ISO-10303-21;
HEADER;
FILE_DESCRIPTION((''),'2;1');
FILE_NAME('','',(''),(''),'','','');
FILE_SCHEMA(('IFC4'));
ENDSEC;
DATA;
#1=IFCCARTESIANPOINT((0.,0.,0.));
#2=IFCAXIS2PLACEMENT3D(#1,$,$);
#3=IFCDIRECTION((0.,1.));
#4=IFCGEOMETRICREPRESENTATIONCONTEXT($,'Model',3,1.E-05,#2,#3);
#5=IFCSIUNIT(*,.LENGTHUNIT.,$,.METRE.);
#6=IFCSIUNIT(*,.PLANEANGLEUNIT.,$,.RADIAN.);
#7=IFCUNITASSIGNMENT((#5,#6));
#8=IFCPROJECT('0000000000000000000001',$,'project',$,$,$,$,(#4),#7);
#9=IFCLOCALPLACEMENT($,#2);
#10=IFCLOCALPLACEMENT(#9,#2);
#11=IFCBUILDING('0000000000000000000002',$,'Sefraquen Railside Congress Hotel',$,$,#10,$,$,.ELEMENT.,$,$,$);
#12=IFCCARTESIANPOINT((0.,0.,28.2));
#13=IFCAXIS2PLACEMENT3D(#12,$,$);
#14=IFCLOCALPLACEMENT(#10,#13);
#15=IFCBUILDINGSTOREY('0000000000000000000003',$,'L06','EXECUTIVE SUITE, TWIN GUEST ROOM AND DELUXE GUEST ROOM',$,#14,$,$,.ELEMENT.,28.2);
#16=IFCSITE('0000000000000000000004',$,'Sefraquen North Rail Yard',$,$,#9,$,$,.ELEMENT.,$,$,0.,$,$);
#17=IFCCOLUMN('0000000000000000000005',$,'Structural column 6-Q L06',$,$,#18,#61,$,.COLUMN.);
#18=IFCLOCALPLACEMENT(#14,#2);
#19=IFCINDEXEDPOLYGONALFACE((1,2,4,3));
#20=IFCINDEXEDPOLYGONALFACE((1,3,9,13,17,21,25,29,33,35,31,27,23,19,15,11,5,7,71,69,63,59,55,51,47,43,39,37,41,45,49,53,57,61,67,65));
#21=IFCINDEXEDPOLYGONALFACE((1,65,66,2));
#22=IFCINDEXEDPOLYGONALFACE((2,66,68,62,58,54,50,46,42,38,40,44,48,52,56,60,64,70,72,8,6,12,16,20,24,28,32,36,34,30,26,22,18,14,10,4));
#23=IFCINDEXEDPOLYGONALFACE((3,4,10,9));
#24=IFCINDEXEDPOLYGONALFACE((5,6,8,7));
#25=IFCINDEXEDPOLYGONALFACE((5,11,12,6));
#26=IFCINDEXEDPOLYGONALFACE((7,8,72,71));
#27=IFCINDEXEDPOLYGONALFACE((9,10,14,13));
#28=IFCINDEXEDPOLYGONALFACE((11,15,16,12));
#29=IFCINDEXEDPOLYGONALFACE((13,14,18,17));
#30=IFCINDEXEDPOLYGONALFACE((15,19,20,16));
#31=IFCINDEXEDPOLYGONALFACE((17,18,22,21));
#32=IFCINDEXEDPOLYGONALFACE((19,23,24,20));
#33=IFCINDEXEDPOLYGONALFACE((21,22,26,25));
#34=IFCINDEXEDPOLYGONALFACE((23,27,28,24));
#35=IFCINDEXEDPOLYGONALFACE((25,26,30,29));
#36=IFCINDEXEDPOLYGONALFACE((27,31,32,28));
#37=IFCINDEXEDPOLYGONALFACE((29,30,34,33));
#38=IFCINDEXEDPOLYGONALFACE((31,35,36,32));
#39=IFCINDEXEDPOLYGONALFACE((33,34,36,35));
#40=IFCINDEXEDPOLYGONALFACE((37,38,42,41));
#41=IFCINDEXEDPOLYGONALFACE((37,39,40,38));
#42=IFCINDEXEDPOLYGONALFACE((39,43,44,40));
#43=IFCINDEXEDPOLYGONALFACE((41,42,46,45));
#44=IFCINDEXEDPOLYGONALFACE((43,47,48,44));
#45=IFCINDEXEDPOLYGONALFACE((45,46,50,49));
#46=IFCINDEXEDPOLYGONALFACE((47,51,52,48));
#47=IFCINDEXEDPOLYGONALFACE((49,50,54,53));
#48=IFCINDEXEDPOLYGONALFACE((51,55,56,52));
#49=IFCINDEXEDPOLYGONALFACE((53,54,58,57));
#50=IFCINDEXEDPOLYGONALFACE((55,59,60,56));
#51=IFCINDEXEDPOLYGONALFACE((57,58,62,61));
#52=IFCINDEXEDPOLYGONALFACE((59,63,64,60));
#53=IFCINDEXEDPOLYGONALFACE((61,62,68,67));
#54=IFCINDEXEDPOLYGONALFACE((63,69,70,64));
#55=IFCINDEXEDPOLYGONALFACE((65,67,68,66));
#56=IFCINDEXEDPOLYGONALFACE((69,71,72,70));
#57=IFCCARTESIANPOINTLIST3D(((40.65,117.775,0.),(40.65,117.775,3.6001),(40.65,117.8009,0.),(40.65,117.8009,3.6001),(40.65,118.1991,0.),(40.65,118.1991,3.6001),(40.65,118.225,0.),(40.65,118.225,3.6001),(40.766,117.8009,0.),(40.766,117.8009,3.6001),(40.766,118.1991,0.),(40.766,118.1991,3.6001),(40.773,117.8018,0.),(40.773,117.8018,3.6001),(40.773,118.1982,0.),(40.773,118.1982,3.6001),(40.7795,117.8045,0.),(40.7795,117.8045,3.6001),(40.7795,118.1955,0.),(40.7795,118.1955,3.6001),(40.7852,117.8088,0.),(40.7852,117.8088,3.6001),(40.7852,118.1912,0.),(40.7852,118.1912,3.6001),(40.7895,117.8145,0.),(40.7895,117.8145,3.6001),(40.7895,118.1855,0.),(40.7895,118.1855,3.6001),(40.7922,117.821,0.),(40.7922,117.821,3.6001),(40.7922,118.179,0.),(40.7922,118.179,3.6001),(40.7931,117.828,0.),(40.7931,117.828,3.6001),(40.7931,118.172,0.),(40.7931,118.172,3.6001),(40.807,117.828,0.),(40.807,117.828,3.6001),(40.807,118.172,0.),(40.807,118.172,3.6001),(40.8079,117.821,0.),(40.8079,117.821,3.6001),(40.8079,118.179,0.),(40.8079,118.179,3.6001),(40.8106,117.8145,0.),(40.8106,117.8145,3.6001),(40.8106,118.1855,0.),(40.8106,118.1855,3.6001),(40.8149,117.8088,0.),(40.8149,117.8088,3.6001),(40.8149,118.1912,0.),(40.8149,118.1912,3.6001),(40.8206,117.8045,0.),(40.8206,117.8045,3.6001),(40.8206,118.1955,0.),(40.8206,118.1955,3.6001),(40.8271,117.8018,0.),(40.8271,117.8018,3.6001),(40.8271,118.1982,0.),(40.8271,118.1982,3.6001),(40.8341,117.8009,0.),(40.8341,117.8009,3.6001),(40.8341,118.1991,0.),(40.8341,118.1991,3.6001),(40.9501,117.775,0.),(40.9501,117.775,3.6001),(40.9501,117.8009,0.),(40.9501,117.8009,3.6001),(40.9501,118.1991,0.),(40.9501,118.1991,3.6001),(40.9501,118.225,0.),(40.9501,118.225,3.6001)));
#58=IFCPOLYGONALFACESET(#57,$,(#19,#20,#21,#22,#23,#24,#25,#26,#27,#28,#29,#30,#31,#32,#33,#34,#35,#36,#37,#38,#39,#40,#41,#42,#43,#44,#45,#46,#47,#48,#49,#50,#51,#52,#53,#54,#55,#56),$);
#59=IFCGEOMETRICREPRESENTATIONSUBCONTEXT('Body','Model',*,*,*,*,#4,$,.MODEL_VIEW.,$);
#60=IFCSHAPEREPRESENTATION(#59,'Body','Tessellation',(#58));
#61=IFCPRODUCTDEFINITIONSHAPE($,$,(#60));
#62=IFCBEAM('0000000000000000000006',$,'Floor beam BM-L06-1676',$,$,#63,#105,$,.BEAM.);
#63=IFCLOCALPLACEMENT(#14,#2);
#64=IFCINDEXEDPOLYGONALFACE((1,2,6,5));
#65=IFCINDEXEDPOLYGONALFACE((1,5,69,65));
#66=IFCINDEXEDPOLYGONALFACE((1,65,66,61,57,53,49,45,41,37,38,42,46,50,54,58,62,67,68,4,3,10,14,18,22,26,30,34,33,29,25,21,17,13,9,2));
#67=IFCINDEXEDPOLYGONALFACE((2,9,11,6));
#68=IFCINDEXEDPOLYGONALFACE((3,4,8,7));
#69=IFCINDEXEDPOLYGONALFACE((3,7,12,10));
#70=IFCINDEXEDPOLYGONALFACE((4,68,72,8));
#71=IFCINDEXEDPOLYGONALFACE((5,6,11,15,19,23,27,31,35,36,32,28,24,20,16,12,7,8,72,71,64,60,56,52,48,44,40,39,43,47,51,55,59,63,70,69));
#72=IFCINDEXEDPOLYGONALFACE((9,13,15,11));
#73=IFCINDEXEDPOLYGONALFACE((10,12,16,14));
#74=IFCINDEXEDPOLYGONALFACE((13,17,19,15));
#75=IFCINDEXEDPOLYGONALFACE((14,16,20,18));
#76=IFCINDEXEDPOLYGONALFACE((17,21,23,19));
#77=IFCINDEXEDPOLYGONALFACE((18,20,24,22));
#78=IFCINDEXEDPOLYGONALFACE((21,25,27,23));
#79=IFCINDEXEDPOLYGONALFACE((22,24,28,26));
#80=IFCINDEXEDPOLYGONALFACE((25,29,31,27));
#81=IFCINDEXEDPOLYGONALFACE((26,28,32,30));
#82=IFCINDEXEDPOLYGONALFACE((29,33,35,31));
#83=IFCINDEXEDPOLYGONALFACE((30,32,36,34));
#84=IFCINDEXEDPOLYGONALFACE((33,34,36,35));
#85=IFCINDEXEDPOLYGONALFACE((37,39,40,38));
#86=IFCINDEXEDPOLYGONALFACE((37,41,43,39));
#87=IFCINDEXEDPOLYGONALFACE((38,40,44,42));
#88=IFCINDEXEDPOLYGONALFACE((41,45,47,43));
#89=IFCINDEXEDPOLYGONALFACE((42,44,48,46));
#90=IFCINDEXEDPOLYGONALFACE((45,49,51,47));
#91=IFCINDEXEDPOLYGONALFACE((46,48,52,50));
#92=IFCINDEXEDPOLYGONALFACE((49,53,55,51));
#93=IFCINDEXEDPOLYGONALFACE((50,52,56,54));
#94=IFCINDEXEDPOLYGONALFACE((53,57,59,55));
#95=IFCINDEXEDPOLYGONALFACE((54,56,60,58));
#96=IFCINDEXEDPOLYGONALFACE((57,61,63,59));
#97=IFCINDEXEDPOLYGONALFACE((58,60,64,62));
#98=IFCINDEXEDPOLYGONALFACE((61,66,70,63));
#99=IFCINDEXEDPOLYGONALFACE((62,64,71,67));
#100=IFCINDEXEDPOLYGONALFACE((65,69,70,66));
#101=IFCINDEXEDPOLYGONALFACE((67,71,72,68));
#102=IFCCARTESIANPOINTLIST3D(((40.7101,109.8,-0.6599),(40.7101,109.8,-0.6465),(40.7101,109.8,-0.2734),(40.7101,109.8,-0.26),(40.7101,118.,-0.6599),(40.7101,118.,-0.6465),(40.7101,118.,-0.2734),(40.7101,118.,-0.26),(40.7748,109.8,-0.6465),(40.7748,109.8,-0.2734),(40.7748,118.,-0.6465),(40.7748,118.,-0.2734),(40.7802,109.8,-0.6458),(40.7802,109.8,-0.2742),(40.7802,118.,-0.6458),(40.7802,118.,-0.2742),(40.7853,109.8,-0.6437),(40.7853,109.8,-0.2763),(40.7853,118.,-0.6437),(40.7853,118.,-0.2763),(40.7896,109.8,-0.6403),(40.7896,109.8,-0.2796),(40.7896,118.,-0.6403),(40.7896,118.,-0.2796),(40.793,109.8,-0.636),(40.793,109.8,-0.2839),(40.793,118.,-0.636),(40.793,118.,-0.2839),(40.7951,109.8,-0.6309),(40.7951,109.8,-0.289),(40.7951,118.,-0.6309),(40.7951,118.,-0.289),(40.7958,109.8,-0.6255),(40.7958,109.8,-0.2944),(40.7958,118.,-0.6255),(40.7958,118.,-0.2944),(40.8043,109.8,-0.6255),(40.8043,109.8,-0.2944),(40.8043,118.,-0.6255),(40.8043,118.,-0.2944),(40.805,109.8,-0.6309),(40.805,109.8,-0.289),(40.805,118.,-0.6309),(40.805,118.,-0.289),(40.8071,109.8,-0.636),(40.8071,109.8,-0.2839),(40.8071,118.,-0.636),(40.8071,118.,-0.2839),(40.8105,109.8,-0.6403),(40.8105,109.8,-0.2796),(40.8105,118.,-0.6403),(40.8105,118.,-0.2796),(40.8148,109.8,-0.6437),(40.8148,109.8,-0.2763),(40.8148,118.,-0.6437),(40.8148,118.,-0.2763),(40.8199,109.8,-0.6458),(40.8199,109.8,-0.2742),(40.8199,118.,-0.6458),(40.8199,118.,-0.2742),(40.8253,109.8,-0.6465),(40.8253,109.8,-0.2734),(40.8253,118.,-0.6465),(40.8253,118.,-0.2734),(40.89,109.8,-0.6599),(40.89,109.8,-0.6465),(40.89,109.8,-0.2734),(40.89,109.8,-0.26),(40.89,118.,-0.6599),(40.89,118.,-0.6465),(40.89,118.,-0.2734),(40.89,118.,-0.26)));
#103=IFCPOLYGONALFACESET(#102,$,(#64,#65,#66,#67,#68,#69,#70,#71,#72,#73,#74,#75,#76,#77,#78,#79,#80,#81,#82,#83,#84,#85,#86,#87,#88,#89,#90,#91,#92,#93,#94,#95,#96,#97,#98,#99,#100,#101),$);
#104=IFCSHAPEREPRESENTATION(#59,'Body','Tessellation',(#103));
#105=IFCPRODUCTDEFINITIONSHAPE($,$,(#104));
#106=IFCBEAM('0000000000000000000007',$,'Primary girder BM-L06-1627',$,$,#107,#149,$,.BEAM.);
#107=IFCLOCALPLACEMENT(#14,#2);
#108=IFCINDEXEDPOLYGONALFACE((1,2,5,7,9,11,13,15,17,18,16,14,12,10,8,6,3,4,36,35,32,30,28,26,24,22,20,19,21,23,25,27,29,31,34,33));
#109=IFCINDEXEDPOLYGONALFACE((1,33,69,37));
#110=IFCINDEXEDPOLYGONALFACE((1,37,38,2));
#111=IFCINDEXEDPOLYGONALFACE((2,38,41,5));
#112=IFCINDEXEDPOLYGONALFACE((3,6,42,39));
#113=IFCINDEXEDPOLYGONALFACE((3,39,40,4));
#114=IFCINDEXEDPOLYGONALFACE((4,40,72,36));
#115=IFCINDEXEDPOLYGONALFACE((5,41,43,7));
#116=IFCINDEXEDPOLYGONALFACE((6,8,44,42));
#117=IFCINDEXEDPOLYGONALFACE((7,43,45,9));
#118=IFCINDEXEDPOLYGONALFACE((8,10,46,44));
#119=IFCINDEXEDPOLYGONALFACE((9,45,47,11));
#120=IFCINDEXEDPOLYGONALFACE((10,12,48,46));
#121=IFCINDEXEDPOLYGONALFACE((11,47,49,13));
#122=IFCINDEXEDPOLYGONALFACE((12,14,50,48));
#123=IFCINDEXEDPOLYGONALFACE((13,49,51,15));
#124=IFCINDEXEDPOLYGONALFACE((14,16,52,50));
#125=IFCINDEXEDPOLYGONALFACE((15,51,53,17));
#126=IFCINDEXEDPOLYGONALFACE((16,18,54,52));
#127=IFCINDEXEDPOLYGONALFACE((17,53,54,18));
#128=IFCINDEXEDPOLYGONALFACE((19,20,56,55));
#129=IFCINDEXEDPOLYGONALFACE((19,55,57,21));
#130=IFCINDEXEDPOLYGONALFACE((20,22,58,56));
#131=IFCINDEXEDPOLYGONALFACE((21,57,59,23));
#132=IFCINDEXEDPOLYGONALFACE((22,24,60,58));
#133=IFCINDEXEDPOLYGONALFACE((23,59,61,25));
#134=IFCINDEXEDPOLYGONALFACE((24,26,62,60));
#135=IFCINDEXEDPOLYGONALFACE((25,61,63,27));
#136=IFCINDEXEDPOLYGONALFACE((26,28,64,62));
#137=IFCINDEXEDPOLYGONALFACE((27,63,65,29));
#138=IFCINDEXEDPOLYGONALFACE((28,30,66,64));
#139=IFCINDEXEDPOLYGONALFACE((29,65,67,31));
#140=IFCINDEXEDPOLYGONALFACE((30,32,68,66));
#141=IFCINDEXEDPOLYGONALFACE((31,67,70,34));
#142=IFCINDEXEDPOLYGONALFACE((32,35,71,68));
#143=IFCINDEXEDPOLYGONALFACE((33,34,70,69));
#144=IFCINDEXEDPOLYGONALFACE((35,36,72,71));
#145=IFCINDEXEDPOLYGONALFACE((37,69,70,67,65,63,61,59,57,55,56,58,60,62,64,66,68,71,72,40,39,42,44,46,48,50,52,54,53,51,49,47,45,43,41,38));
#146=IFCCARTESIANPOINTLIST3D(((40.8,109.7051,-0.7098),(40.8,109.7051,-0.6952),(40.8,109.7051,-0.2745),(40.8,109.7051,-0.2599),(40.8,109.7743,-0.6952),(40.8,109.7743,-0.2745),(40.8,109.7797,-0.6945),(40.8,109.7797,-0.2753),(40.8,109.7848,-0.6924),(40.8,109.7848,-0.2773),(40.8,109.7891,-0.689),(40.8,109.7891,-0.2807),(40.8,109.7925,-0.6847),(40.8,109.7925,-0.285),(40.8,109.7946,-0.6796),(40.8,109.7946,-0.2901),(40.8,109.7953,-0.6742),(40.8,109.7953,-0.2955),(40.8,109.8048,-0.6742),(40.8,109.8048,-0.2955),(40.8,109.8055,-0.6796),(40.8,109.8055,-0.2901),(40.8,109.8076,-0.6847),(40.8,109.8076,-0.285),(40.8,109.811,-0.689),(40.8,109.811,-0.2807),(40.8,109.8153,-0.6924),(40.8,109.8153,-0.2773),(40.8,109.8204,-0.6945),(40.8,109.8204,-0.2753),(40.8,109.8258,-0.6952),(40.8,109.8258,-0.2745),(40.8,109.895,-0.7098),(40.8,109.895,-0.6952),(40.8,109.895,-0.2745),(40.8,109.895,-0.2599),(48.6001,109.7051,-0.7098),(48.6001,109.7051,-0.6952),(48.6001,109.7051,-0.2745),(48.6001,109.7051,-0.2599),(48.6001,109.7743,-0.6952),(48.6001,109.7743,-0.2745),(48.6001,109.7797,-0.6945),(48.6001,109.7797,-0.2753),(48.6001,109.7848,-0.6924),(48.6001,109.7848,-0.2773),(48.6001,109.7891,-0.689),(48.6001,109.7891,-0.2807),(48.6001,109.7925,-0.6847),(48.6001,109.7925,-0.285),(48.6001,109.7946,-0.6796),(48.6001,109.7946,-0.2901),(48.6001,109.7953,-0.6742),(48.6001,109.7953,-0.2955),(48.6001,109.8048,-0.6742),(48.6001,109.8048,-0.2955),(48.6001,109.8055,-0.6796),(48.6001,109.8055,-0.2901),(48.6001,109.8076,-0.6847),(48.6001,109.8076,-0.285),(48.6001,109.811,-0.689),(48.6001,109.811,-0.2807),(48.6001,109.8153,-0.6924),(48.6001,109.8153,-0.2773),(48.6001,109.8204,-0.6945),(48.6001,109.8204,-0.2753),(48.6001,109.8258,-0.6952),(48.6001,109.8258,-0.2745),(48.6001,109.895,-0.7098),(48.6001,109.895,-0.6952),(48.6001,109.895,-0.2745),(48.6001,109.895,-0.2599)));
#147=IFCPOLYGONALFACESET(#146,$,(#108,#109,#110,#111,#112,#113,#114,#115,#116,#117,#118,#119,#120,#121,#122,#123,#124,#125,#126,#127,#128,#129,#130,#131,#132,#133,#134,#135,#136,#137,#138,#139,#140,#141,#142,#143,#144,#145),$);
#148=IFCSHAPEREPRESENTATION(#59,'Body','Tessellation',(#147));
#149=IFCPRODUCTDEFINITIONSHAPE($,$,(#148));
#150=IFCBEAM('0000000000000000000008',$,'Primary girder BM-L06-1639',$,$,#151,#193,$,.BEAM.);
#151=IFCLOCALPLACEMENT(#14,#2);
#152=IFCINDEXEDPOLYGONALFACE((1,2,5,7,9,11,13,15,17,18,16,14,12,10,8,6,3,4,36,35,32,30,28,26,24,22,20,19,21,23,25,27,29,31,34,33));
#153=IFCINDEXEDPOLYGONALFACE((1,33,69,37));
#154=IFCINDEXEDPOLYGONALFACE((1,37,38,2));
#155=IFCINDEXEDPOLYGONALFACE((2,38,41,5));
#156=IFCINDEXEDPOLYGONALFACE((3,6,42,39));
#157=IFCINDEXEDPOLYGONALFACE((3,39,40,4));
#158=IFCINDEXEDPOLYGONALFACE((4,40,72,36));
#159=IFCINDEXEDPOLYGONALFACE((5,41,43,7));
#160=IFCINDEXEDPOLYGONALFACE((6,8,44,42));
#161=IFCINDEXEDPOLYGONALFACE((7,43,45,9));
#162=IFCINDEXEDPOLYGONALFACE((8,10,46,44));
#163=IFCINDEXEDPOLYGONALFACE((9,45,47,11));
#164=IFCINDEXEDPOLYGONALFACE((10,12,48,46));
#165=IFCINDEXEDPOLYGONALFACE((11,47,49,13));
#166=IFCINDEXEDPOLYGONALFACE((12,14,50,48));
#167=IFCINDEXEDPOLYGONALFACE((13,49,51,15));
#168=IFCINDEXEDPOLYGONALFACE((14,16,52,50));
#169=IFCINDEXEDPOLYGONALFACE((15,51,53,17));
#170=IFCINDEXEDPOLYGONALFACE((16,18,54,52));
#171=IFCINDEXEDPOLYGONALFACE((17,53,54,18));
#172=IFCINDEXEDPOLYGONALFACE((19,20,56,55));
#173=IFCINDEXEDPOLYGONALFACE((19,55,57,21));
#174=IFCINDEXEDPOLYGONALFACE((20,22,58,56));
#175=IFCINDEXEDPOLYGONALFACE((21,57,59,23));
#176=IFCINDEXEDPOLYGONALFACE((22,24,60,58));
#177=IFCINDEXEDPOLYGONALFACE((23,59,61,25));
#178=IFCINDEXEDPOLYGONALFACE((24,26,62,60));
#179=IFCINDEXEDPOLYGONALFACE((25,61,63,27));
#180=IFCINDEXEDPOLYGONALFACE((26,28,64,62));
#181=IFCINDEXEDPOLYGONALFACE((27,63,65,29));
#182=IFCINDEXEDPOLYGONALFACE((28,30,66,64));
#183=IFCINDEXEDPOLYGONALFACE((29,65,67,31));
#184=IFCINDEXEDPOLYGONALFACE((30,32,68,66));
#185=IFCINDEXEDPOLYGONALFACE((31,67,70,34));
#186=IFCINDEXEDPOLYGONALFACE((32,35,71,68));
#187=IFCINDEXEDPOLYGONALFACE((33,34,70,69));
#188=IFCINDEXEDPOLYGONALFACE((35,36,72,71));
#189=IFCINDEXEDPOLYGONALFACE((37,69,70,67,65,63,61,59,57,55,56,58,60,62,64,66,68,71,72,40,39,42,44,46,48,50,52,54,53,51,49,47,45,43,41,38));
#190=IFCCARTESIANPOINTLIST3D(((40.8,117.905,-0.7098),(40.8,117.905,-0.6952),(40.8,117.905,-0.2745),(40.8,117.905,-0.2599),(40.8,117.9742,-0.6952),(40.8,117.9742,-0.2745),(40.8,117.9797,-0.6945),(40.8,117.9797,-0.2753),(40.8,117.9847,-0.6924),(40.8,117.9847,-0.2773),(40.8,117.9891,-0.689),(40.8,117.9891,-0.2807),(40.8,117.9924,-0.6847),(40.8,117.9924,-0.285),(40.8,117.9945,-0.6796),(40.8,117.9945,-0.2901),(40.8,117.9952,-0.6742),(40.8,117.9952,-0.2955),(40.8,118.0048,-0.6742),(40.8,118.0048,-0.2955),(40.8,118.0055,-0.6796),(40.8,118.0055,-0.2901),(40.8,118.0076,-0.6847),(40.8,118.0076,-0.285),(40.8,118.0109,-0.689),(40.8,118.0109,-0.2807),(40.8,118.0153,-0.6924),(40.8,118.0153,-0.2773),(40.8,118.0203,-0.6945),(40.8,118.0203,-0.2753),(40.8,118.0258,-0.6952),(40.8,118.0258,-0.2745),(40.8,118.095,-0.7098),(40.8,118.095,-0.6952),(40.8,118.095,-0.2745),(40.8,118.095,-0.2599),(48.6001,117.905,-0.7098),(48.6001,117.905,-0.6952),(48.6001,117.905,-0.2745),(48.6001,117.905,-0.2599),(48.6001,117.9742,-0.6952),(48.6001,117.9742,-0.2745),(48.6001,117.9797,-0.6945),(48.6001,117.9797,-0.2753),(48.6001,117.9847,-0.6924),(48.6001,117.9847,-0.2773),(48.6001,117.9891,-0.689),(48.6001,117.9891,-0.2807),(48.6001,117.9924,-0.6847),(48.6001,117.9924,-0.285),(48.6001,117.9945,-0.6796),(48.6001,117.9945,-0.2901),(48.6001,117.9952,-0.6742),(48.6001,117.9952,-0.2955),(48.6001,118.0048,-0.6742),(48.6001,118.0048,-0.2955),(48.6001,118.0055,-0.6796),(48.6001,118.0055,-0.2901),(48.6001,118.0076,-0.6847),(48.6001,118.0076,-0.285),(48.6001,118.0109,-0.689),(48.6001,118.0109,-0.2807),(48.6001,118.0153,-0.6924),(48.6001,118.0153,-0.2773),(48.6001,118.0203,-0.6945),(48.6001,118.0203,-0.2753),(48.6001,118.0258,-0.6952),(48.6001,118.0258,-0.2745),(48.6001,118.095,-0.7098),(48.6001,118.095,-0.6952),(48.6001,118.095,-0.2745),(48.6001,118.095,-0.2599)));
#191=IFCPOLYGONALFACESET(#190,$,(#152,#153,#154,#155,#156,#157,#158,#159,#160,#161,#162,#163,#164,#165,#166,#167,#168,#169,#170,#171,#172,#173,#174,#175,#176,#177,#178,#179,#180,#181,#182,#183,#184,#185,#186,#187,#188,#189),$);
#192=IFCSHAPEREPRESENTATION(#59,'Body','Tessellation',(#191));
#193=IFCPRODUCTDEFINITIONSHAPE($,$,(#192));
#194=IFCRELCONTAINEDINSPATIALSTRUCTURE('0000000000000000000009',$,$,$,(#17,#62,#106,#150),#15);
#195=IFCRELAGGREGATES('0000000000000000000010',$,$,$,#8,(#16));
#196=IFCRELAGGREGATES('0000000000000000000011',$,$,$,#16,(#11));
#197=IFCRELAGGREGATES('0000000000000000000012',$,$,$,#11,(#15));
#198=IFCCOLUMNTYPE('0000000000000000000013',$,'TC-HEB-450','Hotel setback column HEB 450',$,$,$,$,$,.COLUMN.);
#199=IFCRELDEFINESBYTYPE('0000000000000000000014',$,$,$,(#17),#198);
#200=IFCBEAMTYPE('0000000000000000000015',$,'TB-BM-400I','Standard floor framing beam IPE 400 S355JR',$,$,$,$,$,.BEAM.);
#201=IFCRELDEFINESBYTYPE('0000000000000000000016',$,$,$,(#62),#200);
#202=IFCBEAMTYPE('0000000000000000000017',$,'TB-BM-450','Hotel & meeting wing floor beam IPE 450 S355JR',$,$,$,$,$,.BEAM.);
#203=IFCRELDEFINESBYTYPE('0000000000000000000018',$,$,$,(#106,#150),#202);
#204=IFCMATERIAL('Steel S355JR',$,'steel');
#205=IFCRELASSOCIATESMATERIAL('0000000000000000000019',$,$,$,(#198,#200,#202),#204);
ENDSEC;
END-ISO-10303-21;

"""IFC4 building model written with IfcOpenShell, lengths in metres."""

from ifc_helpers import new_model, si_unit, direction, frame, origin, origin_2d, place, context, subcontext, project, spatial, i_section, extrude, material, material_profile, profile_set, type_object, element, save


model = new_model("IFC4")

# Units and contexts
model_context = context("Model", 3, precision=1e-05, world=origin(), true_north=direction((0.0, 1.0)))
body_context = subcontext(model_context, "Body", "Model", "MODEL_VIEW")
ifc_project = project(units=[si_unit("LENGTHUNIT", "METRE"), si_unit("PLANEANGLEUNIT", "RADIAN")], contexts=[model_context])

# Site, building, storey
site_placement = place(None, origin())
site = spatial("IfcSite", under=ifc_project, at=site_placement, Name="Sefraquen North Rail Yard", CompositionType="ELEMENT", RefElevation=0.0)
building_placement = place(site_placement, origin())
building = spatial("IfcBuilding", under=site, at=building_placement, Name="Sefraquen Railside Congress Hotel", CompositionType="ELEMENT")
storey_placement = place(building_placement, frame((0.0, 0.0, 28.2)))
storey = spatial("IfcBuildingStorey", under=building, at=storey_placement, Name="L06", Description="EXECUTIVE SUITE, TWIN GUEST ROOM AND DELUXE GUEST ROOM", CompositionType="ELEMENT", Elevation=28.2)

# Column
ifc_material_1 = material(Name="Steel S355JR", Category="steel")
ifc_material_profile_1 = material_profile(ifc_material_1, i_section(OverallWidth=0.3, OverallDepth=0.45, WebThickness=0.0139, FlangeThickness=0.0259, FilletRadius=0.0271, at=origin_2d()), Name="HEB 450")
ifc_profile_set_1 = profile_set([ifc_material_profile_1], Name="Steel S355JR")
column_type = type_object("IfcColumnType", Name="TC-HEB-450", Description="Hotel setback column HEB 450", PredefinedType="COLUMN", material=ifc_profile_set_1)
column_placement = place(storey_placement, frame((40.8, 118.0, 0.0), z_axis=(0.0, 0.0, 1.0), x_axis=(1.0, 0.0, 0.0)))
element("IfcColumn", 1, at=column_placement, inside=storey, type_object=column_type, Name="Structural column 6-Q L06", PredefinedType="COLUMN", context=body_context, shape_type="SweptSolid", body=[
    extrude(i_section(OverallWidth=0.3, OverallDepth=0.45, WebThickness=0.0139, FlangeThickness=0.0259, FilletRadius=0.0271, at=origin_2d()), origin(), (0.0, 0.0, 1.0), 3.6001),
])

# Beams
ifc_material_profile_2 = material_profile(ifc_material_1, i_section(OverallWidth=0.1799, OverallDepth=0.3999, WebThickness=0.0085, FlangeThickness=0.0134, FilletRadius=0.021, at=origin_2d()), Name="IPE 400")
ifc_profile_set_2 = profile_set([ifc_material_profile_2], Name="Steel S355JR")
beam_type_1 = type_object("IfcBeamType", Name="TB-BM-400I", Description="Standard floor framing beam IPE 400 S355JR", PredefinedType="BEAM", material=ifc_profile_set_2)
beam_placement = place(storey_placement, frame((40.8, 109.8, -0.46), z_axis=(0.0, 1.0, 0.0), x_axis=(-1.0, 0.0, 0.0)))
element("IfcBeam", 2, at=beam_placement, inside=storey, type_object=beam_type_1, Name="Floor beam BM-L06-1676", PredefinedType="BEAM", context=body_context, shape_type="SweptSolid", body=[
    extrude(i_section(OverallWidth=0.1799, OverallDepth=0.3999, WebThickness=0.0085, FlangeThickness=0.0134, FilletRadius=0.021, at=origin_2d()), origin(), (0.0, 0.0, 1.0), 8.2),
])
ifc_material_profile_3 = material_profile(ifc_material_1, i_section(OverallWidth=0.1899, OverallDepth=0.45, WebThickness=0.0095, FlangeThickness=0.0146, FilletRadius=0.021, at=origin_2d()), Name="IPE 450")
ifc_profile_set_3 = profile_set([ifc_material_profile_3], Name="Steel S355JR")
beam_type_2 = type_object("IfcBeamType", Name="TB-BM-450", Description="Hotel & meeting wing floor beam IPE 450 S355JR", PredefinedType="BEAM", material=ifc_profile_set_3)
for number, where, z_axis, x_axis, name in (
    (3, (40.8, 109.8, -0.4849), (1.0, 0.0, 0.0), (0.0, 1.0, 0.0), "Primary girder BM-L06-1627"),
    (4, (40.8, 118.0, -0.4849), (1.0, 0.0, 0.0), (0.0, 1.0, 0.0), "Primary girder BM-L06-1639"),
):
    element("IfcBeam", number, at=place(storey_placement, frame(where, z_axis=z_axis, x_axis=x_axis)), inside=storey, type_object=beam_type_2, Name=name, PredefinedType="BEAM", context=body_context, shape_type="SweptSolid", body=[
        extrude(i_section(OverallWidth=0.1899, OverallDepth=0.45, WebThickness=0.0095, FlangeThickness=0.0146, FilletRadius=0.021, at=origin_2d()), origin(), (0.0, 0.0, 1.0), 7.8),
    ])

save(model, "model.ifc")
